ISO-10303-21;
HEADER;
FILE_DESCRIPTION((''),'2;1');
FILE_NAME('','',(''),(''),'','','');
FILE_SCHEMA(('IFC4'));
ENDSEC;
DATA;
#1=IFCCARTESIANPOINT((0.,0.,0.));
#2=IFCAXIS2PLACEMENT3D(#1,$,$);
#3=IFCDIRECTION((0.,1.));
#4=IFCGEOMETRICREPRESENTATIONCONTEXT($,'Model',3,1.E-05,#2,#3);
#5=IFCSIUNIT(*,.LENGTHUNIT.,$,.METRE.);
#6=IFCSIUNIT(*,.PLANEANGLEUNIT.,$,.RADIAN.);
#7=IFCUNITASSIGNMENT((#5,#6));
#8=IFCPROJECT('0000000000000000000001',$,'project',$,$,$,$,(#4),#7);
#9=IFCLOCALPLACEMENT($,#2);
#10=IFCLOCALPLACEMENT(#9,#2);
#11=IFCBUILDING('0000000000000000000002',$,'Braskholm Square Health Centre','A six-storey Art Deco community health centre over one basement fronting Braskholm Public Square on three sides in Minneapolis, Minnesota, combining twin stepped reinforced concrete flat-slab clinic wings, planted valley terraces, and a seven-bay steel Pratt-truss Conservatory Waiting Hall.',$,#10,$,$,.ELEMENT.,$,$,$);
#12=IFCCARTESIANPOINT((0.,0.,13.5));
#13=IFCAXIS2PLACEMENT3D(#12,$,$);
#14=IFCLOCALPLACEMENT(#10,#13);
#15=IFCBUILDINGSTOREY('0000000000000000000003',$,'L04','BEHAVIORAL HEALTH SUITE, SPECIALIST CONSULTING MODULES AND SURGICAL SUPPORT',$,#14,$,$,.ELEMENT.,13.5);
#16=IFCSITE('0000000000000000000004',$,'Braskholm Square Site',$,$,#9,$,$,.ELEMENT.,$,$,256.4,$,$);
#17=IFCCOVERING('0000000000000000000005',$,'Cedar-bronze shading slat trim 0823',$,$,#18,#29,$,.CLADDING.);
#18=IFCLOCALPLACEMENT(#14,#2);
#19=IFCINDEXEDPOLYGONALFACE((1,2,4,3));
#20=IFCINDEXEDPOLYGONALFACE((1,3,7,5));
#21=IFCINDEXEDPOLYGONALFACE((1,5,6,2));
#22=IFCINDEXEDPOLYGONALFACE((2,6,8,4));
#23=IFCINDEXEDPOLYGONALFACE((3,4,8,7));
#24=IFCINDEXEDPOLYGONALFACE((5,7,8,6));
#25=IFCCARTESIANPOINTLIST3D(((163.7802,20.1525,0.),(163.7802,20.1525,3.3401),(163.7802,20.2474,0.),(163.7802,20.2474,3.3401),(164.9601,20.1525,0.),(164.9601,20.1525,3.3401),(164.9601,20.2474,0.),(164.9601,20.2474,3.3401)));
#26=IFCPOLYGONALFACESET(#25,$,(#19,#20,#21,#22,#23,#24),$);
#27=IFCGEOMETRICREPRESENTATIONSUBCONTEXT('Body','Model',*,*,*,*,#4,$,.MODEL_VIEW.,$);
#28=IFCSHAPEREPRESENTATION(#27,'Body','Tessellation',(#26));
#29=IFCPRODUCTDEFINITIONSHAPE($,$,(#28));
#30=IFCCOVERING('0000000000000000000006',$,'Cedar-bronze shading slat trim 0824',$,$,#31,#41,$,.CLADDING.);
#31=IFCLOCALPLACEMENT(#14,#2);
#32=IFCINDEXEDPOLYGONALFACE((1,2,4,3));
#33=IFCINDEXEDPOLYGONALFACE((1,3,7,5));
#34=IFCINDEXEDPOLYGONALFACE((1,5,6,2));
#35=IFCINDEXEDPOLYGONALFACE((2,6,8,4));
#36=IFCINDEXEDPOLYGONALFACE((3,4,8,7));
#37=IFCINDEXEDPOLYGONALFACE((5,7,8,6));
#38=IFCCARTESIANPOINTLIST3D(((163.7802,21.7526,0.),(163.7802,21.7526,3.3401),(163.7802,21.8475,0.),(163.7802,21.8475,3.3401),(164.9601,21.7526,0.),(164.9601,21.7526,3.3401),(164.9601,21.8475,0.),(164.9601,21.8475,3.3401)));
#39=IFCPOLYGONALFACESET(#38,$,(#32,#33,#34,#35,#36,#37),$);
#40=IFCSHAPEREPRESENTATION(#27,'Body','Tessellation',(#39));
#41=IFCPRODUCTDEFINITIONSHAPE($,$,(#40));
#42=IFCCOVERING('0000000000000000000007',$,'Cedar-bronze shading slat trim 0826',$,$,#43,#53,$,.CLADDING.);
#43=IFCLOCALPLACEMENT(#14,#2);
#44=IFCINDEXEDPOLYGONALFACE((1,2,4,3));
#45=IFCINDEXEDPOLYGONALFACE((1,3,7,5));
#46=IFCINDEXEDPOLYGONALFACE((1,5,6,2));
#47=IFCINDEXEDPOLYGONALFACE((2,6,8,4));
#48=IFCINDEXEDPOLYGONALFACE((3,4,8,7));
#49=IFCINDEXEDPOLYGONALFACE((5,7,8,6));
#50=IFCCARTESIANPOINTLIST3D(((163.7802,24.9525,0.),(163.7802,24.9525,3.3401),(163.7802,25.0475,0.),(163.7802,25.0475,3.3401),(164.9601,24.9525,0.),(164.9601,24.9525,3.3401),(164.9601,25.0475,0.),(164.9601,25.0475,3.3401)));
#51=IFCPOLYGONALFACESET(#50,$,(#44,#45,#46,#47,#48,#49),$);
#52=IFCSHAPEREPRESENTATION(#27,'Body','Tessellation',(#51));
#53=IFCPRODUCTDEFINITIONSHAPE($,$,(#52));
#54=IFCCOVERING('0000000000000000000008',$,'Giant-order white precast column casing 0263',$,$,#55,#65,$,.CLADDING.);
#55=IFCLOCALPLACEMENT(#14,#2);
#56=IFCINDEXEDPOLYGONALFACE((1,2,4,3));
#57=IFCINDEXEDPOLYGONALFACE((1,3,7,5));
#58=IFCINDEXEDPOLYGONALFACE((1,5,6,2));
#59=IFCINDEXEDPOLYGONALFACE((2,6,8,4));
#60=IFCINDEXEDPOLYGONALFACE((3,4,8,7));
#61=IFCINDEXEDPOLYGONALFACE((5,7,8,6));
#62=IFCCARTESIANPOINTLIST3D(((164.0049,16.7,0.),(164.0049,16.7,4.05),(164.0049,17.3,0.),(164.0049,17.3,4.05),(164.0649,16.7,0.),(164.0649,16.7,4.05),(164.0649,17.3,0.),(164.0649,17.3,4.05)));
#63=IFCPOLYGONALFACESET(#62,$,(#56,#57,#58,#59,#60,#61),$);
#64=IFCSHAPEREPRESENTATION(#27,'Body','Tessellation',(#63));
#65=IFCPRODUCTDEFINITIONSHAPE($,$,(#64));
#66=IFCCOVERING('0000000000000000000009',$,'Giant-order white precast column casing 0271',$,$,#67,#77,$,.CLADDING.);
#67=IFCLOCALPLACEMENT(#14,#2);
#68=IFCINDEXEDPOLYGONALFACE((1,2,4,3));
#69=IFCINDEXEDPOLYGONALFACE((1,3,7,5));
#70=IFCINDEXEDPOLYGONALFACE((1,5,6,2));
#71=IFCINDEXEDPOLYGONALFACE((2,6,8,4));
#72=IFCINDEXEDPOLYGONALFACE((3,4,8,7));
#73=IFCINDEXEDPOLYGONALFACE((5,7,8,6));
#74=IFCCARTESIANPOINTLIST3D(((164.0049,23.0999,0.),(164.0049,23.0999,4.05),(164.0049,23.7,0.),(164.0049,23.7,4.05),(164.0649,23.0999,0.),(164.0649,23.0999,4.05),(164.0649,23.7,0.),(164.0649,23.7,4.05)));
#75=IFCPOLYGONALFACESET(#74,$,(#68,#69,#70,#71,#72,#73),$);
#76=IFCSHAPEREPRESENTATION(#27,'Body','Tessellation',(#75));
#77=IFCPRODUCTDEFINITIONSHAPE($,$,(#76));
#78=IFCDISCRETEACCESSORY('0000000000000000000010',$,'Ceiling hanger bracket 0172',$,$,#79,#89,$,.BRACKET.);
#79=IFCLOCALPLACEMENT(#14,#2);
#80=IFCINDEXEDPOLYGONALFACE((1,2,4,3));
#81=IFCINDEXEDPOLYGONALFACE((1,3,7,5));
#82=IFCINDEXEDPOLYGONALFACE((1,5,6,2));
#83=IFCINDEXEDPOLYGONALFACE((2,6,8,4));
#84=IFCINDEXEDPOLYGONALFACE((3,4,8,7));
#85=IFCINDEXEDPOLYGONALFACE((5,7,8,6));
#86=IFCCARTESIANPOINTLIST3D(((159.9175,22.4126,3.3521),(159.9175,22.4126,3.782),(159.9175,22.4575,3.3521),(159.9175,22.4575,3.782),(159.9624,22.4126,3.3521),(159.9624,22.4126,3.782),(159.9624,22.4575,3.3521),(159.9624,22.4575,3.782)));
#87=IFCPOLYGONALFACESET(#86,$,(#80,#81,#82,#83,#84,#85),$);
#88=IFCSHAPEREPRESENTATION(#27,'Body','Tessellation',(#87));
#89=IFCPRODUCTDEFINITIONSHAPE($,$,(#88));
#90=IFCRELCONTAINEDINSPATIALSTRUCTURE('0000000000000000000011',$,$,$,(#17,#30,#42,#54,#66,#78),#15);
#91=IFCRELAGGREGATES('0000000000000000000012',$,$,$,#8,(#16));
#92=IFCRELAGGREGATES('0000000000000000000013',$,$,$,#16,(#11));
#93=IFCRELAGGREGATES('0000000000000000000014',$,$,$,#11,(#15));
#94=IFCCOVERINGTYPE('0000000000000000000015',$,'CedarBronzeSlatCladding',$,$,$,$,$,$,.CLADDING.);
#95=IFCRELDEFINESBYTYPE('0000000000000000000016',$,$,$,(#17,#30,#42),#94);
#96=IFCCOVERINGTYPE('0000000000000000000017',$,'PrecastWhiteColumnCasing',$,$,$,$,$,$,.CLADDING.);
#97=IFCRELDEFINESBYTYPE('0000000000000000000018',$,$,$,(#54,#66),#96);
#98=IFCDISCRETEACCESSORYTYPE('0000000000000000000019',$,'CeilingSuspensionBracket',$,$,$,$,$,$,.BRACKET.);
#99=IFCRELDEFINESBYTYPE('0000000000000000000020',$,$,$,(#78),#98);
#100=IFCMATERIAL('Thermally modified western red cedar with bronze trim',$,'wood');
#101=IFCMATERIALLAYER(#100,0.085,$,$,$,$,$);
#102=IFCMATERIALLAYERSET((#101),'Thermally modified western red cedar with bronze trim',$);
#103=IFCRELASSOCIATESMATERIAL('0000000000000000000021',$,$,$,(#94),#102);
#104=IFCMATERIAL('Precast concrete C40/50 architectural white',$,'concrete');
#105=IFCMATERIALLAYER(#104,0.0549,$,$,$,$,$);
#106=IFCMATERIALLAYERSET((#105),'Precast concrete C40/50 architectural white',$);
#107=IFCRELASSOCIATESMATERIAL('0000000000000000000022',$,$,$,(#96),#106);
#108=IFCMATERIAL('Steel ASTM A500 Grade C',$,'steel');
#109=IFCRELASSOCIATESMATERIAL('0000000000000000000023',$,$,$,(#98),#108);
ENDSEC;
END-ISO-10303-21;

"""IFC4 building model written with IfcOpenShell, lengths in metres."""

from ifc_helpers import new_model, si_unit, direction, frame, origin, origin_2d, place, context, subcontext, project, spatial, rectangle, extrude, material, layer, layer_set, type_object, element, save


model = new_model("IFC4")

# Units and contexts
model_context = context("Model", 3, precision=1e-05, world=origin(), true_north=direction((0.0, 1.0)))
body_context = subcontext(model_context, "Body", "Model", "MODEL_VIEW")
ifc_project = project(units=[si_unit("LENGTHUNIT", "METRE"), si_unit("PLANEANGLEUNIT", "RADIAN")], contexts=[model_context])

# Site, building, storey
site_placement = place(None, origin())
site = spatial("IfcSite", under=ifc_project, at=site_placement, Name="Braskholm Square Site", CompositionType="ELEMENT", RefElevation=256.4)
building_placement = place(site_placement, origin())
building = spatial("IfcBuilding", under=site, at=building_placement, Name="Braskholm Square Health Centre", Description="A six-storey Art Deco community health centre over one basement fronting Braskholm Public Square on three sides in Minneapolis, Minnesota, combining twin stepped reinforced concrete flat-slab clinic wings, planted valley terraces, and a seven-bay steel Pratt-truss Conservatory Waiting Hall.", CompositionType="ELEMENT")
storey_placement = place(building_placement, frame((0.0, 0.0, 13.5)))
storey = spatial("IfcBuildingStorey", under=building, at=storey_placement, Name="L04", Description="BEHAVIORAL HEALTH SUITE, SPECIALIST CONSULTING MODULES AND SURGICAL SUPPORT", CompositionType="ELEMENT", Elevation=13.5)

# Shared definitions
ifc_material_1 = material(Name="Precast concrete C40/50 architectural white", Category="concrete")

# Shared definitions
ifc_material_2 = material(Name="Thermally modified western red cedar with bronze trim", Category="wood")

# Coverings
ifc_layer_1 = layer(ifc_material_2, 0.085)
ifc_layer_set_1 = layer_set([ifc_layer_1], Name="Thermally modified western red cedar with bronze trim")
covering_type_1 = type_object("IfcCoveringType", Name="CedarBronzeSlatCladding", PredefinedType="CLADDING", material=ifc_layer_set_1)
for number, where, z_axis, x_axis, name in (
    (1, (164.3701, 20.2, 0.0), (0.0, 0.0, 1.0), (1.0, 0.0, 0.0), "Cedar-bronze shading slat trim 0823"),
    (2, (164.3701, 21.8, 0.0), (0.0, 0.0, 1.0), (1.0, 0.0, 0.0), "Cedar-bronze shading slat trim 0824"),
    (3, (164.3701, 25.0, 0.0), (0.0, 0.0, 1.0), (1.0, 0.0, 0.0), "Cedar-bronze shading slat trim 0826"),
):
    element("IfcCovering", number, at=place(storey_placement, frame(where, z_axis=z_axis, x_axis=x_axis)), inside=storey, type_object=covering_type_1, Name=name, PredefinedType="CLADDING", context=body_context, shape_type="SweptSolid", body=[
        extrude(rectangle(XDim=1.1799, YDim=0.095, at=origin_2d()), origin(), (0.0, 0.0, 1.0), 3.3401),
    ])
ifc_layer_2 = layer(ifc_material_1, 0.0549)
ifc_layer_set_2 = layer_set([ifc_layer_2], Name="Precast concrete C40/50 architectural white")
covering_type_2 = type_object("IfcCoveringType", Name="PrecastWhiteColumnCasing", PredefinedType="CLADDING", material=ifc_layer_set_2)
for number, where, z_axis, x_axis, name in (
    (4, (164.0349, 17.0, 0.0), (0.0, 0.0, 1.0), (1.0, 0.0, 0.0), "Giant-order white precast column casing 0263"),
    (5, (164.0349, 23.3999, 0.0), (0.0, 0.0, 1.0), (1.0, 0.0, 0.0), "Giant-order white precast column casing 0271"),
):
    element("IfcCovering", number, at=place(storey_placement, frame(where, z_axis=z_axis, x_axis=x_axis)), inside=storey, type_object=covering_type_2, Name=name, PredefinedType="CLADDING", context=body_context, shape_type="SweptSolid", body=[
        extrude(rectangle(XDim=0.0601, YDim=0.6001, at=origin_2d()), origin(), (0.0, 0.0, 1.0), 4.05),
    ])

# Discrete accessory
ifc_material_3 = material(Name="Steel ASTM A500 Grade C", Category="steel")
discrete_accessory_type = type_object("IfcDiscreteAccessoryType", Name="CeilingSuspensionBracket", PredefinedType="BRACKET", material=ifc_material_3)
discrete_accessory_placement = place(storey_placement, frame((159.9399, 22.4351, 3.3521), z_axis=(0.0, 0.0, 1.0), x_axis=(1.0, 0.0, 0.0)))
element("IfcDiscreteAccessory", 6, at=discrete_accessory_placement, inside=storey, type_object=discrete_accessory_type, Name="Ceiling hanger bracket 0172", PredefinedType="BRACKET", context=body_context, shape_type="SweptSolid", body=[
    extrude(rectangle(XDim=0.0449, YDim=0.0449, at=origin_2d()), origin(), (0.0, 0.0, 1.0), 0.4299),
])

save(model, "model.ifc")
